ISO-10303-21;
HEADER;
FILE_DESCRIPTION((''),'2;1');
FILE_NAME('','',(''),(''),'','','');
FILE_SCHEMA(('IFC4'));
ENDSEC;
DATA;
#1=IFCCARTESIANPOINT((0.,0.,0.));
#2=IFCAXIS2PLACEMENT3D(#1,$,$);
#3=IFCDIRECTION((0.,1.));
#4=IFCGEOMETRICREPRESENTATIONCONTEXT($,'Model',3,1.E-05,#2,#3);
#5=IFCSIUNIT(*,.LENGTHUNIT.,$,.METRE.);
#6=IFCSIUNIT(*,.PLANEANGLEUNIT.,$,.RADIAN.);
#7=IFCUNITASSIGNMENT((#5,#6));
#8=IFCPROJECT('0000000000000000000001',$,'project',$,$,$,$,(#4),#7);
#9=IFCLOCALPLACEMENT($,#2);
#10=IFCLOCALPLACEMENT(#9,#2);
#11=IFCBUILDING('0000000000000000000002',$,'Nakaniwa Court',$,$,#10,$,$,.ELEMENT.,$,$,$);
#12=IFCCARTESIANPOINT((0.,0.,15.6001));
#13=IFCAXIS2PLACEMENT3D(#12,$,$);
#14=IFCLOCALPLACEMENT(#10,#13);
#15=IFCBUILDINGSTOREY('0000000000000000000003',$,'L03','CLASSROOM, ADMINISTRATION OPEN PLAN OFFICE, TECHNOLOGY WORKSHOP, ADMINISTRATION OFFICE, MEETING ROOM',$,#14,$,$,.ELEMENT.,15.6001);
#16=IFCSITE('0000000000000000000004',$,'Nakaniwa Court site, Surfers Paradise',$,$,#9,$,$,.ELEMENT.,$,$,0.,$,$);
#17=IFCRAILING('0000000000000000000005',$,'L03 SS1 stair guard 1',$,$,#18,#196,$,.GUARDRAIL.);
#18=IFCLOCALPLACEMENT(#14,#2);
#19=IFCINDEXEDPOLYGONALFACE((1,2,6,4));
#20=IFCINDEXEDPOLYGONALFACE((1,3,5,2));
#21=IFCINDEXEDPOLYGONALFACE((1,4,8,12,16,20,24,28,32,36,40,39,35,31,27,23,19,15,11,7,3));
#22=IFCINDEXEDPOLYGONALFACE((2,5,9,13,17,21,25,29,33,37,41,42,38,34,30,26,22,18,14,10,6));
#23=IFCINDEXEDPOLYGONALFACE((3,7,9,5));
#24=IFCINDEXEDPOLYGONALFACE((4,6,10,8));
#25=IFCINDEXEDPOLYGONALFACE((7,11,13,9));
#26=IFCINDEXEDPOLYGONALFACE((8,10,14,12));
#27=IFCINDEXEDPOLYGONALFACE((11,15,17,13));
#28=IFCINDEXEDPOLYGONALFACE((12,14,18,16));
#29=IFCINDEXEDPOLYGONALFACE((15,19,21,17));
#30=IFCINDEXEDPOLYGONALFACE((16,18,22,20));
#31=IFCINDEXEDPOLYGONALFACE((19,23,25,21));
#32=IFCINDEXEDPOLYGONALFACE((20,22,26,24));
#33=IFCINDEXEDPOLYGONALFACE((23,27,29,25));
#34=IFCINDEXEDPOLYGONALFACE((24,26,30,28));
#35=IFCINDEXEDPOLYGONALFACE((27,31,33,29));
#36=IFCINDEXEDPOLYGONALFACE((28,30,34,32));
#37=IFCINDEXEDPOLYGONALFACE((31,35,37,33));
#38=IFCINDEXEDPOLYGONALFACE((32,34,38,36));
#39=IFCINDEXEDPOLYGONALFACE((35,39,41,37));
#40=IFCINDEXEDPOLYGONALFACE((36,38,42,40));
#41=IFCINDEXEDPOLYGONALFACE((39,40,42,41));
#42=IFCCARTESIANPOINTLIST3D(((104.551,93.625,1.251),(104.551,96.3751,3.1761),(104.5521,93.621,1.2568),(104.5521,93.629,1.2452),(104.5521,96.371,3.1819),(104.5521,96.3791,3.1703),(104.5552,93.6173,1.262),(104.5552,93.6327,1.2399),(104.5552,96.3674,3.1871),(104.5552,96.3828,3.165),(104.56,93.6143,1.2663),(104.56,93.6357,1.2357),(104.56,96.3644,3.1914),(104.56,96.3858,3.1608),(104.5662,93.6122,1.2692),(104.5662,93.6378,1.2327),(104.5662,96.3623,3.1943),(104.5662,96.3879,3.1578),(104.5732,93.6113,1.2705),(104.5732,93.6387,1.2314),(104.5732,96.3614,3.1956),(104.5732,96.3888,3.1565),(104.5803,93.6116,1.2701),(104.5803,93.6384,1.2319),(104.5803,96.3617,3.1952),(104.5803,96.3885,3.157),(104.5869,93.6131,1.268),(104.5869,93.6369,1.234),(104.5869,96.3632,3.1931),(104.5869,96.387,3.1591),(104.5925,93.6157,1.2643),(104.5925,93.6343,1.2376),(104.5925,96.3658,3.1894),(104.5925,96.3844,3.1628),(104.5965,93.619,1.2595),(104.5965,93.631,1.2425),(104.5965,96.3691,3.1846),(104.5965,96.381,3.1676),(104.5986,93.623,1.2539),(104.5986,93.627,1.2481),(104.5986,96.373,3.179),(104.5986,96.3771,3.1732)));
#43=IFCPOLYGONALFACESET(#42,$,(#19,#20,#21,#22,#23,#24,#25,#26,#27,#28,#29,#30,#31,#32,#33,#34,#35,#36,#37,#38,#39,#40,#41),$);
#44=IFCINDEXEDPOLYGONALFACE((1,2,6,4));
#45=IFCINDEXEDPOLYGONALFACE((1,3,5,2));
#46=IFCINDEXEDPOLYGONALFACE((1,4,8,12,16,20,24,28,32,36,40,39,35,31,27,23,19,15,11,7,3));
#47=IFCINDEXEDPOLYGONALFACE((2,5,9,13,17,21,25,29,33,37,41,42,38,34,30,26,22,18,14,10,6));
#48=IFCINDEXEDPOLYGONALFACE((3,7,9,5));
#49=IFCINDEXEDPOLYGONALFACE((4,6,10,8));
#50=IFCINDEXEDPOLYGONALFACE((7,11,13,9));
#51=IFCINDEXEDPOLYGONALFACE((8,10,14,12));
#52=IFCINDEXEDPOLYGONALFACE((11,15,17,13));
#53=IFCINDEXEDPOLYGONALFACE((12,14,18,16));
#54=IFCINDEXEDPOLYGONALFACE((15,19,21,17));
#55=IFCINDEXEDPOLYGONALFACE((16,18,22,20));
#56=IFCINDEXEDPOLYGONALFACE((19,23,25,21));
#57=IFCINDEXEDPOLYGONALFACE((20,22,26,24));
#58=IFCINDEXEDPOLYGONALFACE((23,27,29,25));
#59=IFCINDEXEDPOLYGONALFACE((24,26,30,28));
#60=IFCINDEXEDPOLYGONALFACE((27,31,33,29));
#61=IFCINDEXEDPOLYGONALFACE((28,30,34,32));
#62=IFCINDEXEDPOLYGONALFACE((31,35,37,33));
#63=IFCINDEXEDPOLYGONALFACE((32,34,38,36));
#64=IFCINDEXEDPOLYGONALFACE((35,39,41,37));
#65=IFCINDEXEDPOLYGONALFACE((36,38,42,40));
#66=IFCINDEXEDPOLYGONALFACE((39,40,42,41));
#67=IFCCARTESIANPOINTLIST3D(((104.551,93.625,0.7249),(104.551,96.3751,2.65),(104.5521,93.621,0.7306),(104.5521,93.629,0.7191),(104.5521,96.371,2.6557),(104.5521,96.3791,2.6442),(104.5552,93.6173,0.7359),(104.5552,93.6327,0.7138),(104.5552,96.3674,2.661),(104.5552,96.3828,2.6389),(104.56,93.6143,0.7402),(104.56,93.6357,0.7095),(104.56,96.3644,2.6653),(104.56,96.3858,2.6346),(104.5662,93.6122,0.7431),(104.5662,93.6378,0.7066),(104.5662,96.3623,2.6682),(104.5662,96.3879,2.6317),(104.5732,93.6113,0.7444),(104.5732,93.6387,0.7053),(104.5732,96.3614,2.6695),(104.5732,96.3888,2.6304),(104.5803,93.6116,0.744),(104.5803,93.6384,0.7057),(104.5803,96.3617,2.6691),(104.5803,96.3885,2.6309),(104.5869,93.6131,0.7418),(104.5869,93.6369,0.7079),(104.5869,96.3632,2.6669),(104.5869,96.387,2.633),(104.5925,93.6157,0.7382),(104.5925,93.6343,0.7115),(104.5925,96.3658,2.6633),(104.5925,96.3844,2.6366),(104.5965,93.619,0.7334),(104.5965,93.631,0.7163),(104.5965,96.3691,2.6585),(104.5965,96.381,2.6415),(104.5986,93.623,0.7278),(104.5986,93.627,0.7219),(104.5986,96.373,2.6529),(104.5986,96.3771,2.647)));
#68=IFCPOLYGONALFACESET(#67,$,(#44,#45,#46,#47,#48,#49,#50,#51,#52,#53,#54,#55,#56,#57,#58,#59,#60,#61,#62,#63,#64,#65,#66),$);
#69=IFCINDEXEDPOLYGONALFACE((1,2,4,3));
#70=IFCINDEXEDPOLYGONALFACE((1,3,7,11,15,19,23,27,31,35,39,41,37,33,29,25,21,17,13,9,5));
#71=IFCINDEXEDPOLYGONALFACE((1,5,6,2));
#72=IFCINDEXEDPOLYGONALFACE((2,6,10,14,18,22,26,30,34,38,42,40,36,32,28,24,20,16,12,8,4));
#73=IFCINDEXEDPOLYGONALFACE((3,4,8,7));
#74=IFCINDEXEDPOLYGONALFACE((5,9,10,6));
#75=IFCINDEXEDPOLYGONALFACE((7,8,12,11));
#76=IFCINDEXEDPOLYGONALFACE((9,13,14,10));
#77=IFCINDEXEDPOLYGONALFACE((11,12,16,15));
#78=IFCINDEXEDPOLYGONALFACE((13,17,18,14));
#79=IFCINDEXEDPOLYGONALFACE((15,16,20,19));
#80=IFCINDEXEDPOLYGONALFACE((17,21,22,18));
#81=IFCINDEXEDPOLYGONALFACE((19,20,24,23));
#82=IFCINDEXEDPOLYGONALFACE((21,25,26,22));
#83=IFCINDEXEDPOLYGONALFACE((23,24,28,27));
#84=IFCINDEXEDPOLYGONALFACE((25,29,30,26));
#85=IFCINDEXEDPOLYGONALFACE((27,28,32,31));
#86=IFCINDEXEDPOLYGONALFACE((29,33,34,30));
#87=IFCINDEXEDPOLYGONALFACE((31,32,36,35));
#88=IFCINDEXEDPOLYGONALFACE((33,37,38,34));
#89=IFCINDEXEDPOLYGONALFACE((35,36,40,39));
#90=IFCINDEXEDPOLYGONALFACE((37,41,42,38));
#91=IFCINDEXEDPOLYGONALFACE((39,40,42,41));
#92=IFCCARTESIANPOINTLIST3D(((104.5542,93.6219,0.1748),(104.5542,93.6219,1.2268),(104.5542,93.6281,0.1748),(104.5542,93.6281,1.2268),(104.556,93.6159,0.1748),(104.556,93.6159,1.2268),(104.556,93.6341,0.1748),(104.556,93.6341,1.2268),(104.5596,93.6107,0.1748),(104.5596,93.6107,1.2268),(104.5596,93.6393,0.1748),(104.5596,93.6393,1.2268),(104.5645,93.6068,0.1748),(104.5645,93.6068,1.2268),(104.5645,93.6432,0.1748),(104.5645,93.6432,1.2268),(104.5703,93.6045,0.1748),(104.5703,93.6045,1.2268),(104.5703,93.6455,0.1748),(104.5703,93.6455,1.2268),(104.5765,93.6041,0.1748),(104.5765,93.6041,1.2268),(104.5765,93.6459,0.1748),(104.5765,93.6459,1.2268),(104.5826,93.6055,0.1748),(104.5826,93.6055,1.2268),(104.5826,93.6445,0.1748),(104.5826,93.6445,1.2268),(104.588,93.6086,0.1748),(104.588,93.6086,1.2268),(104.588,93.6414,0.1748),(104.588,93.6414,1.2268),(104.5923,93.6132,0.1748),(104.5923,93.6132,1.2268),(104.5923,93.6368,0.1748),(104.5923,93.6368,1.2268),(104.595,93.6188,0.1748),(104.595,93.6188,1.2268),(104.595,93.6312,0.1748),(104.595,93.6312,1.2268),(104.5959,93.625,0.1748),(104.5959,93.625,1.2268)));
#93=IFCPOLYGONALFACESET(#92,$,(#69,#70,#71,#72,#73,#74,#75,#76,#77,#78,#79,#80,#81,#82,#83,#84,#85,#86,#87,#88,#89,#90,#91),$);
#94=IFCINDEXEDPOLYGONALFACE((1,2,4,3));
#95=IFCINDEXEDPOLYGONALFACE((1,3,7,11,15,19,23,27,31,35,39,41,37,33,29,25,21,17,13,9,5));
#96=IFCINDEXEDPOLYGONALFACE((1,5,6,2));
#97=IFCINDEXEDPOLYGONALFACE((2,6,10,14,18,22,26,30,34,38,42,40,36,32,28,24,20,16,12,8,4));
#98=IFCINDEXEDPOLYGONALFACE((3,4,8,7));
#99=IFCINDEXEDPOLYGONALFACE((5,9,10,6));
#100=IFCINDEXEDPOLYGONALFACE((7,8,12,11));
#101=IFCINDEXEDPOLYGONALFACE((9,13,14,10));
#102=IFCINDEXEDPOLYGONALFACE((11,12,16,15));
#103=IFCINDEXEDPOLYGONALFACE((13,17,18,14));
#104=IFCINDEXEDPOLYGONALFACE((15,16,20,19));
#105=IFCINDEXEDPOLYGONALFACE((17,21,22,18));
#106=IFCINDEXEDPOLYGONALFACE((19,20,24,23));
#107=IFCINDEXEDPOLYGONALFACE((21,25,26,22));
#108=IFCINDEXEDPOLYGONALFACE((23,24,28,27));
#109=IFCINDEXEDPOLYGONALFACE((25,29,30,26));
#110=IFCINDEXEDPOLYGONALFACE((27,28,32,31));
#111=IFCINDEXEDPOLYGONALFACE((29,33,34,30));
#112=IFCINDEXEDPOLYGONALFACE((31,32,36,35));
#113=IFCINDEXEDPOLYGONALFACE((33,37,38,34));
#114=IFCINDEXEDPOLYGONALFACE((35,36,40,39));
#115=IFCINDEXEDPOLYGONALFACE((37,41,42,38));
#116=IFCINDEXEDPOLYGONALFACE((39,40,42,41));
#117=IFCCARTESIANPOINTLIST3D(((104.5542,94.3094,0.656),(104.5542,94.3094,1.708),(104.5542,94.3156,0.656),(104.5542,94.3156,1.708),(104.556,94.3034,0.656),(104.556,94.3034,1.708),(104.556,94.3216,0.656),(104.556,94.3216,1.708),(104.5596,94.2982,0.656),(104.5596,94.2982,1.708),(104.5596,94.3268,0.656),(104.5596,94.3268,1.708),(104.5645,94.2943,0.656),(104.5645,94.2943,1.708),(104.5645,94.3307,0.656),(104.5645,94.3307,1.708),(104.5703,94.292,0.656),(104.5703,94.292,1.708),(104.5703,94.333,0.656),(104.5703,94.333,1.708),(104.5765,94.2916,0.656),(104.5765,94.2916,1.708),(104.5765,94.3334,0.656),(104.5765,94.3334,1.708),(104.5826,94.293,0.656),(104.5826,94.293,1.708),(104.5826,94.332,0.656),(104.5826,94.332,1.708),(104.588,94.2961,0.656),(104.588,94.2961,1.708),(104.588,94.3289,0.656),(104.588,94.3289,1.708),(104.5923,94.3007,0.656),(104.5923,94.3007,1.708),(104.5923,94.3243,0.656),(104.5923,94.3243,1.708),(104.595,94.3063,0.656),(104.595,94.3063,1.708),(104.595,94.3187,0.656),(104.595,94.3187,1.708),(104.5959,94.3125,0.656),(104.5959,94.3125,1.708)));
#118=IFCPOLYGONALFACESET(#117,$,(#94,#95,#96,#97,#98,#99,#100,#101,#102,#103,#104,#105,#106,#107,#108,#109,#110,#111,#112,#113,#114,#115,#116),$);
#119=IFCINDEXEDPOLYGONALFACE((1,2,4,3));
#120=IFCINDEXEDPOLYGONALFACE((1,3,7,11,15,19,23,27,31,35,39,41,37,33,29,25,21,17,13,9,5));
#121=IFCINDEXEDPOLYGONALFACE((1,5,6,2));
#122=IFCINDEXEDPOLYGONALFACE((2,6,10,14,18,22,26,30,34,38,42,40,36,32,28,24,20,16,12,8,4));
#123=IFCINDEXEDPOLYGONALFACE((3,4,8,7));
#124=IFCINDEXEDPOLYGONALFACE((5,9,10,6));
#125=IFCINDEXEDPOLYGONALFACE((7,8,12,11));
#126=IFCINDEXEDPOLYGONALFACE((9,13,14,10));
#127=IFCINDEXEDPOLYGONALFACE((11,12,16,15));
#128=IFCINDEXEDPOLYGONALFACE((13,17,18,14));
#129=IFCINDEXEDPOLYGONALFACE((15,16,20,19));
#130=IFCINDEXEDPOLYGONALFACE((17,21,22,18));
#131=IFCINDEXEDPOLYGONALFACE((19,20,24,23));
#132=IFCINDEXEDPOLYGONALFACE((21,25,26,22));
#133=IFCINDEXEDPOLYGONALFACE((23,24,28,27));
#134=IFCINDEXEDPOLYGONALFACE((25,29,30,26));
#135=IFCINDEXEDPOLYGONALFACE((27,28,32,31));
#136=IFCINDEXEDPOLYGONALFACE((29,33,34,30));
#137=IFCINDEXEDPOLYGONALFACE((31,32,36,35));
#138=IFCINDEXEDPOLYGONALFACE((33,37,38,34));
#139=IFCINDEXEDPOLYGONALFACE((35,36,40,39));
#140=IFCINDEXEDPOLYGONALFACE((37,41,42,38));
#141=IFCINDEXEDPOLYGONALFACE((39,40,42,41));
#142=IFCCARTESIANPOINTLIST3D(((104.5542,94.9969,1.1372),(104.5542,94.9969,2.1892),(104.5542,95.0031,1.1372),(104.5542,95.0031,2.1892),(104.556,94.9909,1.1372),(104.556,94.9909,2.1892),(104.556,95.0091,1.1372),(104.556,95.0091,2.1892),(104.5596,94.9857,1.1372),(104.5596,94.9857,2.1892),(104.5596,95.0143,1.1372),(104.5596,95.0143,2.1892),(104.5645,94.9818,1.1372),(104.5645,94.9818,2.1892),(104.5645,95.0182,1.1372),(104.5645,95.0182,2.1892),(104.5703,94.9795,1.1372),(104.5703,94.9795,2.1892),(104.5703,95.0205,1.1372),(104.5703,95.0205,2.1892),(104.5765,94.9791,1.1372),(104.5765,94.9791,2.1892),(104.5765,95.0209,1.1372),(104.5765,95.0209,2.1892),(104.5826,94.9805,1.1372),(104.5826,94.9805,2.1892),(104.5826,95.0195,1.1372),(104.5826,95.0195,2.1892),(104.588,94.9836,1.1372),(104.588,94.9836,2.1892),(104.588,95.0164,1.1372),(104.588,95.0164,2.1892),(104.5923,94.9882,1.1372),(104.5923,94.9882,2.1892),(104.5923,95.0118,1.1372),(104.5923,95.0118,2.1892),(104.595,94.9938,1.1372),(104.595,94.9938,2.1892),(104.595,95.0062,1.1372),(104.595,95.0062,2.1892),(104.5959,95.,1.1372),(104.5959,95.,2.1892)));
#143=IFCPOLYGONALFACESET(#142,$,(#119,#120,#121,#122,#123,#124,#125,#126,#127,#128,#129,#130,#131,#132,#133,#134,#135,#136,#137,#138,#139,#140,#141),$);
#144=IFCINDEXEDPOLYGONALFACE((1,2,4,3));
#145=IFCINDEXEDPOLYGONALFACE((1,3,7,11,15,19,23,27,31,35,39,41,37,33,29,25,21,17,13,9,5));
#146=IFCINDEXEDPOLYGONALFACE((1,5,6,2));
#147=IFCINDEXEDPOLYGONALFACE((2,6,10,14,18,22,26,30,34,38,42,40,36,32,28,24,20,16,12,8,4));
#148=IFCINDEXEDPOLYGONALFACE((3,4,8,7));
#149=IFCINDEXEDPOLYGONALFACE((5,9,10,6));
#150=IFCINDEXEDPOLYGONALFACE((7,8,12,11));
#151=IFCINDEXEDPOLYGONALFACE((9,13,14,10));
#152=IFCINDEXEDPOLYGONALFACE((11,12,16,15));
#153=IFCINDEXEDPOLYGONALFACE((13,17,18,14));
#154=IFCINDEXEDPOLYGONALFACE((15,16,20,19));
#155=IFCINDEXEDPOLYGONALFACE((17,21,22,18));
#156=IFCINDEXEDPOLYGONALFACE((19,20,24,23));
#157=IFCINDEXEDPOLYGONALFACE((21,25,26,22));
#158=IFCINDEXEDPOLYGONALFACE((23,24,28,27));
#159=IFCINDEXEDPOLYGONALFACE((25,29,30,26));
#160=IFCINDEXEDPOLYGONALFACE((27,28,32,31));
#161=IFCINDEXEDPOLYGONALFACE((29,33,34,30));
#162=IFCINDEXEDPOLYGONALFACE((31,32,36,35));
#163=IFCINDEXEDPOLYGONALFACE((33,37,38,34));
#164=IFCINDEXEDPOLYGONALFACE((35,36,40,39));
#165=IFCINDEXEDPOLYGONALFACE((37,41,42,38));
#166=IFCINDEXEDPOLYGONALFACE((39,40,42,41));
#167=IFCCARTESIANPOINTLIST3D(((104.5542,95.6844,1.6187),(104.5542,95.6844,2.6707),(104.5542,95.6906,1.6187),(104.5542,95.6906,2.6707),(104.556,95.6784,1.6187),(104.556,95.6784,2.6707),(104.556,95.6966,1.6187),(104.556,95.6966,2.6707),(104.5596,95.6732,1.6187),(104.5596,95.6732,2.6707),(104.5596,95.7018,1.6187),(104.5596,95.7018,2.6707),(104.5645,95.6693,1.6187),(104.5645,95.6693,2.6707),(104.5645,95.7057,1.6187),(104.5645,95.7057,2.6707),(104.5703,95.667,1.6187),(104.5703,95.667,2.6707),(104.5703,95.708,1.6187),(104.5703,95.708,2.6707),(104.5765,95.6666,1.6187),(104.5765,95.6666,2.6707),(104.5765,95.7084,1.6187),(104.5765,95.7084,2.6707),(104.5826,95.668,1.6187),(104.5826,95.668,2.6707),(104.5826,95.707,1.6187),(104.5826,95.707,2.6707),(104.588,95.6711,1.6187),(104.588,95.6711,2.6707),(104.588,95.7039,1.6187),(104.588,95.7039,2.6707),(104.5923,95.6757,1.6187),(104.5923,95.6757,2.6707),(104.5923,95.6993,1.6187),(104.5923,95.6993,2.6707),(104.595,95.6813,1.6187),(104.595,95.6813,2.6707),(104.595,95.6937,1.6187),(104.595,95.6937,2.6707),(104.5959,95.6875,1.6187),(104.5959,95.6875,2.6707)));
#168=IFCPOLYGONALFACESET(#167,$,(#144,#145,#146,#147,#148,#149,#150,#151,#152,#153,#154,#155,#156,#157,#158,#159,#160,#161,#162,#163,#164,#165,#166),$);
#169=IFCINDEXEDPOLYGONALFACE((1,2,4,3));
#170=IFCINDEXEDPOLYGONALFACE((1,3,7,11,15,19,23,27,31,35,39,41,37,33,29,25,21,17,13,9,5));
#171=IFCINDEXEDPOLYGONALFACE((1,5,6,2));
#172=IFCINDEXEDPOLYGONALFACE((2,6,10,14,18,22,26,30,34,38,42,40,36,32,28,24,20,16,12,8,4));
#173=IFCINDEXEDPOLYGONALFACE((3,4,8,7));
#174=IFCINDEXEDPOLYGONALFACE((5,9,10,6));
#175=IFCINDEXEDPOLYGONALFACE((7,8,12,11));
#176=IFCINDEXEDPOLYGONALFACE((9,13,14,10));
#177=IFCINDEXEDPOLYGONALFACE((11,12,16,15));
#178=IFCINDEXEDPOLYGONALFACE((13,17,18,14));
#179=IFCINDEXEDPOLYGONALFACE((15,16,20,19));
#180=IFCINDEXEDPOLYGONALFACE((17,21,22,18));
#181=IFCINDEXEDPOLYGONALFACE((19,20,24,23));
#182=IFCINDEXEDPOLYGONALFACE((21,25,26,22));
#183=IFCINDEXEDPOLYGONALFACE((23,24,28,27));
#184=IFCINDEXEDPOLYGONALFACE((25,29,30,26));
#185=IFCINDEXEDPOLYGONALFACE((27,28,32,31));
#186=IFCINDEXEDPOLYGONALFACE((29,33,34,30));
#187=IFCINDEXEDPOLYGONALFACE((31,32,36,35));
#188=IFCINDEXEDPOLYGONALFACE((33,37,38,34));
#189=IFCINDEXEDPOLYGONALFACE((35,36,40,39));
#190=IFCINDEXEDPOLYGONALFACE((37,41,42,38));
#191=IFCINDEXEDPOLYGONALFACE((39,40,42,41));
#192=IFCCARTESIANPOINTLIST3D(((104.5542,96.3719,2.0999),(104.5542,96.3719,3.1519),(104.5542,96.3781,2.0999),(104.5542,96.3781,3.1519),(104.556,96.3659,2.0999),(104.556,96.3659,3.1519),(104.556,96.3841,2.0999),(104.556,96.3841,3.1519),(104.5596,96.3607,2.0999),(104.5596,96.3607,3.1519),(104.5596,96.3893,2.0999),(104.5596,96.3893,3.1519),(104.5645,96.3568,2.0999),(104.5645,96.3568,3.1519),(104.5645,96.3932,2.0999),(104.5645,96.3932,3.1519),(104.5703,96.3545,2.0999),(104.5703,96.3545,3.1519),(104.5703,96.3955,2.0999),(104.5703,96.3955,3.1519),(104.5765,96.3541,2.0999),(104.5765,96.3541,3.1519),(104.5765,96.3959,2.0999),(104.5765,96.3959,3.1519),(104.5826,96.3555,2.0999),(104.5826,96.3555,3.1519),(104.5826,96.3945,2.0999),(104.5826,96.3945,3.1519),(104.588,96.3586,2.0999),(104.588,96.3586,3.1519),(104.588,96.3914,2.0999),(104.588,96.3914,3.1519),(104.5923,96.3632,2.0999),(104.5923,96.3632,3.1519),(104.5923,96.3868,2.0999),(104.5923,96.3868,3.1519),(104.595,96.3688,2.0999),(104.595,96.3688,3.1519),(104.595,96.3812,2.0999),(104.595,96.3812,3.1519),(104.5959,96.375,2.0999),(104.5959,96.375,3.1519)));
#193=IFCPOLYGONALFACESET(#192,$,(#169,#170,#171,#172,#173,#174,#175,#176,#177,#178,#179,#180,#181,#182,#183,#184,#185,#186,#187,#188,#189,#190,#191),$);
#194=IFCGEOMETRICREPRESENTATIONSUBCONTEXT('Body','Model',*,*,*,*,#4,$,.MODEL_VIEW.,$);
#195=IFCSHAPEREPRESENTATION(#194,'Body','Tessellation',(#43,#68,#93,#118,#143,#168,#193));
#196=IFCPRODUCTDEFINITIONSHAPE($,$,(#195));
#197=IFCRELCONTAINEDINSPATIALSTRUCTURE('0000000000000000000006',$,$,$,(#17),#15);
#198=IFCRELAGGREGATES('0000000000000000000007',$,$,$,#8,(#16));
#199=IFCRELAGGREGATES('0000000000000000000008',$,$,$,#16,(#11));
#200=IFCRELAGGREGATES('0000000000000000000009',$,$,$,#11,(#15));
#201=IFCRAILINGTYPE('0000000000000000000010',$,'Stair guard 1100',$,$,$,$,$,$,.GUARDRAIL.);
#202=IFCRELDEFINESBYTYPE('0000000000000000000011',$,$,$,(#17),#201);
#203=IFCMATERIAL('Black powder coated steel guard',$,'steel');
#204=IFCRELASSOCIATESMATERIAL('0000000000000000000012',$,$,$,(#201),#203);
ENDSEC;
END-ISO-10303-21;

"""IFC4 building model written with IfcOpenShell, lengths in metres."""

from ifc_helpers import new_model, si_unit, direction, frame, origin, origin_2d, place, context, subcontext, project, spatial, circle, extrude, material, type_object, element, save


model = new_model("IFC4")

# Units and contexts
model_context = context("Model", 3, precision=1e-05, world=origin(), true_north=direction((0.0, 1.0)))
body_context = subcontext(model_context, "Body", "Model", "MODEL_VIEW")
ifc_project = project(units=[si_unit("LENGTHUNIT", "METRE"), si_unit("PLANEANGLEUNIT", "RADIAN")], contexts=[model_context])

# Site, building, storey
site_placement = place(None, origin())
site = spatial("IfcSite", under=ifc_project, at=site_placement, Name="Nakaniwa Court site, Surfers Paradise", CompositionType="ELEMENT", RefElevation=0.0)
building_placement = place(site_placement, origin())
building = spatial("IfcBuilding", under=site, at=building_placement, Name="Nakaniwa Court", CompositionType="ELEMENT")
storey_placement = place(building_placement, frame((0.0, 0.0, 15.6001)))
storey = spatial("IfcBuildingStorey", under=building, at=storey_placement, Name="L03", Description="CLASSROOM, ADMINISTRATION OPEN PLAN OFFICE, TECHNOLOGY WORKSHOP, ADMINISTRATION OFFICE, MEETING ROOM", CompositionType="ELEMENT", Elevation=15.6001)

# Railing
ifc_material_1 = material(Name="Black powder coated steel guard", Category="steel")
railing_type_1 = type_object("IfcRailingType", Name="Stair guard 1100", PredefinedType="GUARDRAIL", material=ifc_material_1)
railing_1_placement = place(storey_placement, frame((104.575, 93.625, 0.1748)))
element("IfcRailing", 1, at=railing_1_placement, inside=storey, type_object=railing_type_1, Name="L03 SS1 stair guard 1", PredefinedType="GUARDRAIL", context=body_context, shape_type="SweptSolid", body=[
    extrude(circle(Radius=0.0239, at=origin_2d()), frame((0.0, 0.0, 1.0762), z_axis=(0.0, 0.819225, 0.573472), x_axis=(-1.0, 0.0, 0.0)), (0.0, 0.0, 1.0), 3.3569),
    extrude(circle(Radius=0.0239, at=origin_2d()), frame((0.0, 0.0, 0.55), z_axis=(0.0, 0.819225, 0.573472), x_axis=(-1.0, 0.0, 0.0)), (0.0, 0.0, 1.0), 3.3569),
    extrude(circle(Radius=0.021, at=origin_2d()), origin(), (0.0, 0.0, 1.0), 1.052),
    extrude(circle(Radius=0.021, at=origin_2d()), frame((0.0, 0.6875, 0.4812)), (0.0, 0.0, 1.0), 1.052),
    extrude(circle(Radius=0.021, at=origin_2d()), frame((0.0, 1.375, 0.9624)), (0.0, 0.0, 1.0), 1.052),
    extrude(circle(Radius=0.021, at=origin_2d()), frame((0.0, 2.0625, 1.4438)), (0.0, 0.0, 1.0), 1.052),
    extrude(circle(Radius=0.021, at=origin_2d()), frame((0.0, 2.75, 1.925)), (0.0, 0.0, 1.0), 1.052),
])

save(model, "model.ifc")
